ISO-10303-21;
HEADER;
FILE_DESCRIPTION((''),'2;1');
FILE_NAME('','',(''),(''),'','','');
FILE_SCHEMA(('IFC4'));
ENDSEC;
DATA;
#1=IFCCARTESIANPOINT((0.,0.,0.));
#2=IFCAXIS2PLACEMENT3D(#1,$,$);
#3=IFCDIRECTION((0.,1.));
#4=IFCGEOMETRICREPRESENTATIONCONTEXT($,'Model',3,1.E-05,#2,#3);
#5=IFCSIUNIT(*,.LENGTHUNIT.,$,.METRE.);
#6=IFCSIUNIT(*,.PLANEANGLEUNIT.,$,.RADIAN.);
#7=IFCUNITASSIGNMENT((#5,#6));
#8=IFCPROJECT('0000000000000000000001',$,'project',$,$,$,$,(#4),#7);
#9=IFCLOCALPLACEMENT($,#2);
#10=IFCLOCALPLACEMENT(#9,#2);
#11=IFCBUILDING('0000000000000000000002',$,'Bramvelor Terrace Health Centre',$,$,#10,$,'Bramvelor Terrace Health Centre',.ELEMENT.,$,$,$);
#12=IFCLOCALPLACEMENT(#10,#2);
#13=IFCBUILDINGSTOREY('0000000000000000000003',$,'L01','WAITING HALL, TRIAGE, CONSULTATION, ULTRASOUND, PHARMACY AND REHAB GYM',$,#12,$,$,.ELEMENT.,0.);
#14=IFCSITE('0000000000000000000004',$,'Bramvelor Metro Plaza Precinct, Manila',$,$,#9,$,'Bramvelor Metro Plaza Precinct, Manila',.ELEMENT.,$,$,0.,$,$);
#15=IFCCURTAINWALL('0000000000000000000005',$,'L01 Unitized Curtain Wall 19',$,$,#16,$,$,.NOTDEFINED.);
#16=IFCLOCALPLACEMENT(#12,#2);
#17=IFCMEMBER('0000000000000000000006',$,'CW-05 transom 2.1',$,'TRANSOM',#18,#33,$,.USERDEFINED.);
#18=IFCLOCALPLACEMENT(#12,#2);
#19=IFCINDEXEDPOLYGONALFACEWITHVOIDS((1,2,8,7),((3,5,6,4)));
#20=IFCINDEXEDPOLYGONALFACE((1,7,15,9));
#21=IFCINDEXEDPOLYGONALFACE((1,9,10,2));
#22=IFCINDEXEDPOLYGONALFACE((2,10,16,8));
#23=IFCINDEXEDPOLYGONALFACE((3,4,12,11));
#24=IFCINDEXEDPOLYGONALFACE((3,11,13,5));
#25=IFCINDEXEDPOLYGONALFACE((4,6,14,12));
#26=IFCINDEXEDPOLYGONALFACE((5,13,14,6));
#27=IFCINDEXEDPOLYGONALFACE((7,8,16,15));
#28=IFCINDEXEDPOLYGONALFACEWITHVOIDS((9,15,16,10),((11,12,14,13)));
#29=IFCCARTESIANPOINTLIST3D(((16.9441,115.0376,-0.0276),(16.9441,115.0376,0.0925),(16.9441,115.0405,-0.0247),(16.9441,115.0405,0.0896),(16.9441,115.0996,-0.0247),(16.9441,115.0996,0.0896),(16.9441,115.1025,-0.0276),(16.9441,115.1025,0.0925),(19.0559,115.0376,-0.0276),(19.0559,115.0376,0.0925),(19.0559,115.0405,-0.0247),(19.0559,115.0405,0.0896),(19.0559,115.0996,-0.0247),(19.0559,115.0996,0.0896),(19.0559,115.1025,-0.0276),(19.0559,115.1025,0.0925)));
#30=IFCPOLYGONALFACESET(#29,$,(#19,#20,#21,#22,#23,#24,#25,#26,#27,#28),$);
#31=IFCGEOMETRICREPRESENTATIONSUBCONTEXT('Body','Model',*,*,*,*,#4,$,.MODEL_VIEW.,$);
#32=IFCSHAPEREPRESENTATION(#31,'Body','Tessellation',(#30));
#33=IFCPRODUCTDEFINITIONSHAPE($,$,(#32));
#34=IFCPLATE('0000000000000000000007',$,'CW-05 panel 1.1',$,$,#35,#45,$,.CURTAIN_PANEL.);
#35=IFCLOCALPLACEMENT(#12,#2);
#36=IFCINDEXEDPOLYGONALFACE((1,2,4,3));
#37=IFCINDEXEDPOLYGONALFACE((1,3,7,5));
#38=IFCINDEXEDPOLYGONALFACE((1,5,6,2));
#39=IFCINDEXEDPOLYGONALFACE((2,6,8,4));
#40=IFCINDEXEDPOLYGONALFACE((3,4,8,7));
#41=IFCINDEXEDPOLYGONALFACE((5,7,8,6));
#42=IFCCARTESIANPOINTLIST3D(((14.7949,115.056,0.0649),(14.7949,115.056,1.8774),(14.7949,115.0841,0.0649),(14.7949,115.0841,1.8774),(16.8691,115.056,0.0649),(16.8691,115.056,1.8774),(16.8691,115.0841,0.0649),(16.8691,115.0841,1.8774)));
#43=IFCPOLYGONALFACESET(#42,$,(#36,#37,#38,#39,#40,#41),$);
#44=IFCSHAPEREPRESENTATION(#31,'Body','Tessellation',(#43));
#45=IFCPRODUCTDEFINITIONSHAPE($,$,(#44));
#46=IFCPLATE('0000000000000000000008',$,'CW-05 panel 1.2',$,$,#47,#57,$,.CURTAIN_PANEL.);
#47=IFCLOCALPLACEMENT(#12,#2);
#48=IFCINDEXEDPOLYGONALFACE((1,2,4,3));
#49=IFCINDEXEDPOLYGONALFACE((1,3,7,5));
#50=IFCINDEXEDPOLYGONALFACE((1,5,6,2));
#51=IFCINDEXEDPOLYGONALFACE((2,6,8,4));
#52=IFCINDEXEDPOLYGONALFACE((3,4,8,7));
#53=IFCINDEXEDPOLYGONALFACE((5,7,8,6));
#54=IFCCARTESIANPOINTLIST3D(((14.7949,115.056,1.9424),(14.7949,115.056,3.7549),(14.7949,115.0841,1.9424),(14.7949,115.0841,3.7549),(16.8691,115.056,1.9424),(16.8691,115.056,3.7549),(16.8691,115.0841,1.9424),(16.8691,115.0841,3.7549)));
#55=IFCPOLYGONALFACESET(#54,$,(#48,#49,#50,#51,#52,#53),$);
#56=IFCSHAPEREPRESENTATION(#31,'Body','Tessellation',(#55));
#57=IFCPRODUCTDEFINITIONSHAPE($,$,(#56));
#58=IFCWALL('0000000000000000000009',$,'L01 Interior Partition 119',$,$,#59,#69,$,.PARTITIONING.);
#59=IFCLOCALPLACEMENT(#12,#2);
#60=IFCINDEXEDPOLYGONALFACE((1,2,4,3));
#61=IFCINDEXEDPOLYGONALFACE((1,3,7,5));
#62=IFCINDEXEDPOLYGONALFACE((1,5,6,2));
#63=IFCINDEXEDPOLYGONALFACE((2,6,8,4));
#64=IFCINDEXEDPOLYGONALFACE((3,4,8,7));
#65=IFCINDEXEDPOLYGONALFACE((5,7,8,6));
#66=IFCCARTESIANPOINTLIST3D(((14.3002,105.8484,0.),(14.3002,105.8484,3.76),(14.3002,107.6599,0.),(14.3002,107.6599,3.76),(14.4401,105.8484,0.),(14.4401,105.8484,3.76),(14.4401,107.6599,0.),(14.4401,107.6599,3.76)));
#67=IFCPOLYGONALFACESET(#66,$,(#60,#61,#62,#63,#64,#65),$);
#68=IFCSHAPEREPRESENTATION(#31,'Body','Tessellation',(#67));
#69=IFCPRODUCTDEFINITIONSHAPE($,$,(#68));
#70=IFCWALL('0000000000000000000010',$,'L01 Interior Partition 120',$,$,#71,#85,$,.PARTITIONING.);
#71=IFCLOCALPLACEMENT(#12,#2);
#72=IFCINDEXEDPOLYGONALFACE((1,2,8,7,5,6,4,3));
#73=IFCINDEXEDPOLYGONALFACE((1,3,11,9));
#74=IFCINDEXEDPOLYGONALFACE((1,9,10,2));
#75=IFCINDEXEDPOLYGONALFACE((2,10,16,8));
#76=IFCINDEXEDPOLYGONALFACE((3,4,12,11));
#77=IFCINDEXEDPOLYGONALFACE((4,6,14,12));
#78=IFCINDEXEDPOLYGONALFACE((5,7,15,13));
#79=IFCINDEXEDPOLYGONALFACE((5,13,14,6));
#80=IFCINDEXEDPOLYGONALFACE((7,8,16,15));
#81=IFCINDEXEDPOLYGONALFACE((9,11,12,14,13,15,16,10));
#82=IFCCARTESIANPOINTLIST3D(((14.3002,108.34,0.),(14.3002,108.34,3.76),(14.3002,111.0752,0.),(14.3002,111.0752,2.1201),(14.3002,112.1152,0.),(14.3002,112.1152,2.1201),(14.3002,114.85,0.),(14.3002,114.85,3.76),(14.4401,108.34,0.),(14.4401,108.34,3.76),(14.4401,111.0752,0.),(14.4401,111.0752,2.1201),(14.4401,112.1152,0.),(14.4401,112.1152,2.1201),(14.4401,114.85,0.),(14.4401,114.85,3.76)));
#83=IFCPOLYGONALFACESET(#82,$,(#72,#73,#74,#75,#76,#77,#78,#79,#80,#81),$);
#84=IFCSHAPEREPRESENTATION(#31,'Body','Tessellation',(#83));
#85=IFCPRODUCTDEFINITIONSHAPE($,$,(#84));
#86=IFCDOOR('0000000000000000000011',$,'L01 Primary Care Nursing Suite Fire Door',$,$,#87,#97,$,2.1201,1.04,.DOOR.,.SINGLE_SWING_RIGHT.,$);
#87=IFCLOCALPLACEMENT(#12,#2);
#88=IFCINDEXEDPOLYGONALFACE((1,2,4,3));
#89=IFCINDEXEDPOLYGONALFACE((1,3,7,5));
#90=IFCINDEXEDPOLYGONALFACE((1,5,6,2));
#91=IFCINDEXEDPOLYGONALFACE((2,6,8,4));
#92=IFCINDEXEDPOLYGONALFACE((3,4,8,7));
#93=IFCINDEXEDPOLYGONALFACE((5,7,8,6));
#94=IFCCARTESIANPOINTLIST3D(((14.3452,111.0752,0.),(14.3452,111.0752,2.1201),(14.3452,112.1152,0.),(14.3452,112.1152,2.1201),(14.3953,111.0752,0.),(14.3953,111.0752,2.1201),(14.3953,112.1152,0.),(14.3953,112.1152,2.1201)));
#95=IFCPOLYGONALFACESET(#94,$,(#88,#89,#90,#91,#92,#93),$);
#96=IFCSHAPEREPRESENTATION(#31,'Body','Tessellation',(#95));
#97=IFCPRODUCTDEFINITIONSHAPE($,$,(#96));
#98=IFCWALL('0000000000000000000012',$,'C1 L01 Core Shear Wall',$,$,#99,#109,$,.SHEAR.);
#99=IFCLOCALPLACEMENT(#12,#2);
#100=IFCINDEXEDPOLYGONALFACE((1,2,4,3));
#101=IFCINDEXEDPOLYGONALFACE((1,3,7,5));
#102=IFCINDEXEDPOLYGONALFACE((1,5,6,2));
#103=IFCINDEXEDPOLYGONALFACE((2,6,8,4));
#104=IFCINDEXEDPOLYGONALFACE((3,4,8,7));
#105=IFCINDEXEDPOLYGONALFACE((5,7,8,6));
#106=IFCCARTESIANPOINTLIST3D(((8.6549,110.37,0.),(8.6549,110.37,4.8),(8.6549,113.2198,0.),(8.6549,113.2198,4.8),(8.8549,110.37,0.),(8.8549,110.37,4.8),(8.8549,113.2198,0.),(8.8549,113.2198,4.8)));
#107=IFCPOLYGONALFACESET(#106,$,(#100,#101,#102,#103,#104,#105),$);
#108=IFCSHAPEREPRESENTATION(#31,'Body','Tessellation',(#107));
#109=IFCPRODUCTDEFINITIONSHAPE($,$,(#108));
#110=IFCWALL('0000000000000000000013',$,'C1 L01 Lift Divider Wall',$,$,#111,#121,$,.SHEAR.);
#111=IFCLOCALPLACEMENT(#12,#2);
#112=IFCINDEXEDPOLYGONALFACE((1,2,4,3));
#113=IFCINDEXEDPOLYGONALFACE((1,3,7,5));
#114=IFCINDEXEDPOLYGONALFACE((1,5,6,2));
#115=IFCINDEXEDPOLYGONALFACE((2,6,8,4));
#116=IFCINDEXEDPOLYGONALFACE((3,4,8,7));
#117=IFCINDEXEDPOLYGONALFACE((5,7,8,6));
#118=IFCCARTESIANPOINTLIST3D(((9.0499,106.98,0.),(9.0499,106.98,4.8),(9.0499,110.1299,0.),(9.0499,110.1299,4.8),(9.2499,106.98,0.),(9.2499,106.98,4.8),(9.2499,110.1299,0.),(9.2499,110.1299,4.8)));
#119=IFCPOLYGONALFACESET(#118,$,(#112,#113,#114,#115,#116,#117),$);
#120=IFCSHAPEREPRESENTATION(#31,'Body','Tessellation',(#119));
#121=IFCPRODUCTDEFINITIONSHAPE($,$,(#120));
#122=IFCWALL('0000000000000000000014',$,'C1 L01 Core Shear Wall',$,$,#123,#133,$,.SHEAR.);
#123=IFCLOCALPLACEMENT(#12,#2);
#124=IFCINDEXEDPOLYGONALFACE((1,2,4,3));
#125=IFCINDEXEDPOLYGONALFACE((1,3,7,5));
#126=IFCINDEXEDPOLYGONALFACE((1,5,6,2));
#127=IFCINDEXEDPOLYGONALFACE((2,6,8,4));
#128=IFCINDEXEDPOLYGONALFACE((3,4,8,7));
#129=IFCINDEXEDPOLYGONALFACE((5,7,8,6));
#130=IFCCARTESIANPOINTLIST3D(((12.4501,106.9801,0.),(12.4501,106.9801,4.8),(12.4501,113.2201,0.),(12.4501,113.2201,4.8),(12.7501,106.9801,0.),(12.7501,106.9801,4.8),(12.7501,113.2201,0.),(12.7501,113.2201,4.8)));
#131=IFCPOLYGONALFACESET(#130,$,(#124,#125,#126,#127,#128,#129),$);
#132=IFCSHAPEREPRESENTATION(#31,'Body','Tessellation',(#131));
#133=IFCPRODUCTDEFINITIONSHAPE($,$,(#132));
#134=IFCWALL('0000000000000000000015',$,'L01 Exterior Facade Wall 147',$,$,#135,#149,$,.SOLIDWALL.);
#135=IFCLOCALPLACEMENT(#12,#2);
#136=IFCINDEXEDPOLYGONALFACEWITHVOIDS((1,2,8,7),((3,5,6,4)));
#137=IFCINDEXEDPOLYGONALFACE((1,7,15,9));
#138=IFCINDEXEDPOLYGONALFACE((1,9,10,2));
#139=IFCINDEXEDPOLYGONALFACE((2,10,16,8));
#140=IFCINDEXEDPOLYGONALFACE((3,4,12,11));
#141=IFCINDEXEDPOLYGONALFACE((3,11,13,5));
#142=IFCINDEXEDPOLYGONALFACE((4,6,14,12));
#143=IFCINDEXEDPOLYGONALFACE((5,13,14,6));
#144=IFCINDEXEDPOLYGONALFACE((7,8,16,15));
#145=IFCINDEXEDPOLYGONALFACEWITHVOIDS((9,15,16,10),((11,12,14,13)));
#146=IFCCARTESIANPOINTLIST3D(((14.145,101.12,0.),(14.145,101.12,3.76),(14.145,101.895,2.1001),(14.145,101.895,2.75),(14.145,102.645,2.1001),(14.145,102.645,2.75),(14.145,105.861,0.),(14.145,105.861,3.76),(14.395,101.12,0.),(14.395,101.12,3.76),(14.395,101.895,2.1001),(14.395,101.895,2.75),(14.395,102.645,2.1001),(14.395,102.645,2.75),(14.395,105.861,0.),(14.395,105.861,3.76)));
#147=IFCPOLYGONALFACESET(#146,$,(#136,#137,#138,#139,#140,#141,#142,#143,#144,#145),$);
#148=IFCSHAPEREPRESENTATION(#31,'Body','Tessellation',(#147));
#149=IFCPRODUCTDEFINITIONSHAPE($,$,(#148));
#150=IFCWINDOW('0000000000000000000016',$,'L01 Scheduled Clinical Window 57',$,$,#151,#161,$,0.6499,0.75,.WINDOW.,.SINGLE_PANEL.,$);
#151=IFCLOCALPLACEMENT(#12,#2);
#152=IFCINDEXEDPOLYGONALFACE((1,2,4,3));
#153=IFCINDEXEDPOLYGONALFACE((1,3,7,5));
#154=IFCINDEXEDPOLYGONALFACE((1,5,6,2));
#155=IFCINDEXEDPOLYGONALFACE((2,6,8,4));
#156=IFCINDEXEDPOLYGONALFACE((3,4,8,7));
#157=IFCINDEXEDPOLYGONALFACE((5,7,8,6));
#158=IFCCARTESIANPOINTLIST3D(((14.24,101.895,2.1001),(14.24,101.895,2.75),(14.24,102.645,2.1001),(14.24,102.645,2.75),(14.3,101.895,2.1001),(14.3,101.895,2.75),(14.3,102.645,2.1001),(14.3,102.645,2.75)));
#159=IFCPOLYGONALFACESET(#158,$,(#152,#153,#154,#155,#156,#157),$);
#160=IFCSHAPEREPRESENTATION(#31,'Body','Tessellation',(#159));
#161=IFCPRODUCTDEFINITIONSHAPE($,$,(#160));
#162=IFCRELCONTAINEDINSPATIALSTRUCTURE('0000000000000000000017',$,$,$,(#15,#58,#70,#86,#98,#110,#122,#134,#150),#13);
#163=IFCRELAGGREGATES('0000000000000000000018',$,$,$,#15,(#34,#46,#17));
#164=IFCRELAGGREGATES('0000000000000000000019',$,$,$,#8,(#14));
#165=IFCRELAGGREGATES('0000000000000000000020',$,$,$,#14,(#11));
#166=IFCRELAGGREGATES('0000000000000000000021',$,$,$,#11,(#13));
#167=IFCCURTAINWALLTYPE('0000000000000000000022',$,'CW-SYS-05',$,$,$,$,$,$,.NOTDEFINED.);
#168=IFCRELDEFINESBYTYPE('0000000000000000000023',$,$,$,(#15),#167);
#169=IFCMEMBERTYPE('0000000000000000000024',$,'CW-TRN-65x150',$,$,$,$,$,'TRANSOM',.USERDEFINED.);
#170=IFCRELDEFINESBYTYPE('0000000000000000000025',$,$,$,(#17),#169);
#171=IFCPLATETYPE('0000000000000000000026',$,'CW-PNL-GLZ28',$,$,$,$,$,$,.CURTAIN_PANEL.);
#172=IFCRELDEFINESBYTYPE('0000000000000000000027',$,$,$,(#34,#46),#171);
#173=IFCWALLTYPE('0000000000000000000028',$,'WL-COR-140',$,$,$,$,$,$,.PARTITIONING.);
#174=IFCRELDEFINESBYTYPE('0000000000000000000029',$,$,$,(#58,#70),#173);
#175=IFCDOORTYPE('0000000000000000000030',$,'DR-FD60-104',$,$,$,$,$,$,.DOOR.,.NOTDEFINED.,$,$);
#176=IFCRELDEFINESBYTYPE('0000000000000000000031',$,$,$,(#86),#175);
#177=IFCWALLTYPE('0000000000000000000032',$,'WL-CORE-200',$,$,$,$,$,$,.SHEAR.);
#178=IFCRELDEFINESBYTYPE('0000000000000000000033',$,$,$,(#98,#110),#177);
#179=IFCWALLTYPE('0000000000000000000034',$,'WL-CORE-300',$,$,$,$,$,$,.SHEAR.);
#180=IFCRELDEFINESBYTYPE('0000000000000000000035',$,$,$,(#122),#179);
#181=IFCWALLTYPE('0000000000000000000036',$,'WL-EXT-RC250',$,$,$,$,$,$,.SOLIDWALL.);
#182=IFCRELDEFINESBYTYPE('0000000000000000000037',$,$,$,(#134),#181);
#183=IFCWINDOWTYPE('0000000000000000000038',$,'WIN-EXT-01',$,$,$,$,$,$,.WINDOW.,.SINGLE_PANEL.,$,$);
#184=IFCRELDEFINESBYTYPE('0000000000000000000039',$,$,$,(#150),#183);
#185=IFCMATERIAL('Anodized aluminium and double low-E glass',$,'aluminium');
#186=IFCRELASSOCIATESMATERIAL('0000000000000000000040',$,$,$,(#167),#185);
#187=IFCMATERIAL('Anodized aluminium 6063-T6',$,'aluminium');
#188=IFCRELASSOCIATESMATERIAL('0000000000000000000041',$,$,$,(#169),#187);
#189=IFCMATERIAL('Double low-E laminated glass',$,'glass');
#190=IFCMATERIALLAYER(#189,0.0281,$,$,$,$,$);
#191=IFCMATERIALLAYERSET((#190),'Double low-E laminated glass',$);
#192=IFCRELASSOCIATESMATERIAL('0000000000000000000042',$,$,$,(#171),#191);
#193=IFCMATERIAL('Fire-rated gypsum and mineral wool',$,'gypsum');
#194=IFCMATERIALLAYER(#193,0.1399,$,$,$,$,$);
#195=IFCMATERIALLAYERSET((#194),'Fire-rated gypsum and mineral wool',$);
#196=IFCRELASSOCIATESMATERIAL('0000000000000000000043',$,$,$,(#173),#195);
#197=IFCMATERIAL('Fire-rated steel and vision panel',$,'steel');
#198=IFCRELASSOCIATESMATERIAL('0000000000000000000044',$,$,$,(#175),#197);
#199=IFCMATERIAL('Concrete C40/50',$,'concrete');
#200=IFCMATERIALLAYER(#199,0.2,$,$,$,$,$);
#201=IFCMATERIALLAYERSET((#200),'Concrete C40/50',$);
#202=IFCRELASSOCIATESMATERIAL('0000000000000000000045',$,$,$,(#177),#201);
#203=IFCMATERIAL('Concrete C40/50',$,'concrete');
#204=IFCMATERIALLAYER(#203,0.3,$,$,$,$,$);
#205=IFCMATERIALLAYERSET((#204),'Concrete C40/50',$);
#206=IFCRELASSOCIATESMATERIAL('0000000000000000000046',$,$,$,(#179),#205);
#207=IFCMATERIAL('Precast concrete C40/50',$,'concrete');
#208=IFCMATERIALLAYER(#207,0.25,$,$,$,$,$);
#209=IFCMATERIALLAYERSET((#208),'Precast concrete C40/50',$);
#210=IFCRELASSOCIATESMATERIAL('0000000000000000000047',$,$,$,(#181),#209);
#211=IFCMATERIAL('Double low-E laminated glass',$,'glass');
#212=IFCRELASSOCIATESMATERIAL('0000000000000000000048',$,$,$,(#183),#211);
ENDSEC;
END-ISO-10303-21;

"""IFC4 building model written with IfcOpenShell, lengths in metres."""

from ifc_helpers import new_model, si_unit, direction, frame, frame_2d, origin, origin_2d, place, context, subcontext, project, spatial, rectangle, hollow_rectangle, extrude, material, layer, layer_set, material_profile, profile_set, type_object, element, fill, aggregate, save


model = new_model("IFC4")

# Units and contexts
model_context = context("Model", 3, precision=1e-05, world=origin(), true_north=direction((0.0, 1.0)))
body_context = subcontext(model_context, "Body", "Model", "MODEL_VIEW")
ifc_project = project(units=[si_unit("LENGTHUNIT", "METRE"), si_unit("PLANEANGLEUNIT", "RADIAN")], contexts=[model_context])

# Site, building, storey
site_placement = place(None, origin())
site = spatial("IfcSite", under=ifc_project, at=site_placement, Name="Bramvelor Metro Plaza Precinct, Manila", LongName="Bramvelor Metro Plaza Precinct, Manila", CompositionType="ELEMENT", RefElevation=0.0)
building_placement = place(site_placement, origin())
building = spatial("IfcBuilding", under=site, at=building_placement, Name="Bramvelor Terrace Health Centre", LongName="Bramvelor Terrace Health Centre", CompositionType="ELEMENT")
storey_placement = place(building_placement, origin())
storey = spatial("IfcBuildingStorey", under=building, at=storey_placement, Name="L01", Description="WAITING HALL, TRIAGE, CONSULTATION, ULTRASOUND, PHARMACY AND REHAB GYM", CompositionType="ELEMENT", Elevation=0.0)

# Curtain wall, member, plates
ifc_material_1 = material(Name="Anodized aluminium and double low-E glass", Category="aluminium")
curtain_wall_type = type_object("IfcCurtainWallType", Name="CW-SYS-05", PredefinedType="NOTDEFINED", material=ifc_material_1)
curtain_wall_placement = place(storey_placement, origin())
curtain_wall = element("IfcCurtainWall", 1, at=curtain_wall_placement, inside=storey, type_object=curtain_wall_type, Name="L01 Unitized Curtain Wall 19", PredefinedType="NOTDEFINED")
ifc_material_2 = material(Name="Anodized aluminium 6063-T6", Category="aluminium")
ifc_material_profile_1 = material_profile(ifc_material_2, hollow_rectangle(XDim=0.0649, YDim=0.1201, WallThickness=0.0029, at=origin_2d()), Name="ALU-TRN 65x120x3.0")
ifc_profile_set_1 = profile_set([ifc_material_profile_1], Name="Anodized aluminium 6063-T6")
member_type_1 = type_object("IfcMemberType", Name="CW-TRN-65x150", ElementType="TRANSOM", PredefinedType="USERDEFINED", material=ifc_profile_set_1)
member_1_placement = place(storey_placement, frame((16.9441, 115.0701, 0.0325), z_axis=(1.0, 0.0, 0.0), x_axis=(0.0, 1.0, 0.0)))
member_1 = element("IfcMember", 2, at=member_1_placement, type_object=member_type_1, Name="CW-05 transom 2.1", ObjectType="TRANSOM", PredefinedType="USERDEFINED", context=body_context, shape_type="SweptSolid", body=[
    extrude(hollow_rectangle(XDim=0.0649, YDim=0.1201, WallThickness=0.0029, at=origin_2d()), origin(), (0.0, 0.0, 1.0), 2.1118),
])
ifc_material_3 = material(Name="Double low-E laminated glass", Category="glass")
ifc_layer_1 = layer(ifc_material_3, 0.0281)
ifc_layer_set_1 = layer_set([ifc_layer_1], Name="Double low-E laminated glass")
plate_type = type_object("IfcPlateType", Name="CW-PNL-GLZ28", PredefinedType="CURTAIN_PANEL", material=ifc_layer_set_1)
plate_1_placement = place(storey_placement, frame((15.832, 115.0701, 0.0649), z_axis=(0.0, 0.0, 1.0), x_axis=(1.0, 0.0, 0.0)))
plate_1 = element("IfcPlate", 3, at=plate_1_placement, type_object=plate_type, Name="CW-05 panel 1.1", PredefinedType="CURTAIN_PANEL", context=body_context, shape_type="SweptSolid", body=[
    extrude(rectangle(XDim=2.0742, YDim=0.0281, at=origin_2d()), origin(), (0.0, 0.0, 1.0), 1.8125),
])
plate_2_placement = place(storey_placement, frame((15.832, 115.0701, 1.9424), z_axis=(0.0, 0.0, 1.0), x_axis=(1.0, 0.0, 0.0)))
plate_2 = element("IfcPlate", 4, at=plate_2_placement, type_object=plate_type, Name="CW-05 panel 1.2", PredefinedType="CURTAIN_PANEL", context=body_context, shape_type="SweptSolid", body=[
    extrude(rectangle(XDim=2.0742, YDim=0.0281, at=origin_2d()), origin(), (0.0, 0.0, 1.0), 1.8125),
])
aggregate(curtain_wall, [plate_1, plate_2, member_1])

# Wall
ifc_material_4 = material(Name="Fire-rated gypsum and mineral wool", Category="gypsum")
ifc_layer_2 = layer(ifc_material_4, 0.1399)
ifc_layer_set_2 = layer_set([ifc_layer_2], Name="Fire-rated gypsum and mineral wool")
wall_type_1 = type_object("IfcWallType", Name="WL-COR-140", PredefinedType="PARTITIONING", material=ifc_layer_set_2)
wall_1_placement = place(storey_placement, frame((14.3701, 105.8484, 0.0), z_axis=(0.0, 0.0, 1.0), x_axis=(0.0, 1.0, 0.0)))
element("IfcWall", 5, at=wall_1_placement, inside=storey, type_object=wall_type_1, Name="L01 Interior Partition 119", PredefinedType="PARTITIONING", context=body_context, shape_type="SweptSolid", body=[
    extrude(rectangle(XDim=1.8115, YDim=0.1399, at=frame_2d((0.9058, 0.0))), origin(), (0.0, 0.0, 1.0), 3.76),
])

# Wall, opening, door
wall_2_placement = place(storey_placement, frame((14.3701, 108.3401, 0.0), z_axis=(0.0, 0.0, 1.0), x_axis=(0.0, 1.0, 0.0)))
wall_2 = element("IfcWall", 6, at=wall_2_placement, inside=storey, type_object=wall_type_1, Name="L01 Interior Partition 120", PredefinedType="PARTITIONING", context=body_context, shape_type="SweptSolid", body=[
    extrude(rectangle(XDim=6.51, YDim=0.1399, at=frame_2d((3.2549, 0.0))), origin(), (0.0, 0.0, 1.0), 3.76),
])
opening_1_placement = place(wall_2_placement, frame((2.7351, 0.0, 0.0)))
opening_1 = element("IfcOpeningElement", 7, at=opening_1_placement, cuts=wall_2, PredefinedType="OPENING", context=body_context, shape_type="SweptSolid", body=[
    extrude(rectangle(XDim=1.04, YDim=2.1201, at=frame_2d((0.52, 1.0601))), frame((0.0, 0.0798, 0.0), z_axis=(0.0, -1.0, 0.0), x_axis=(1.0, 0.0, 0.0)), (0.0, 0.0, 1.0), 0.1599),
])
ifc_material_5 = material(Name="Fire-rated steel and vision panel", Category="steel")
door_type_1 = type_object("IfcDoorType", Name="DR-FD60-104", OperationType="NOTDEFINED", PredefinedType="DOOR", material=ifc_material_5)
door_1_placement = place(opening_1_placement, origin())
door_1 = element("IfcDoor", 8, at=door_1_placement, inside=storey, type_object=door_type_1, Name="L01 Primary Care Nursing Suite Fire Door", OperationType="SINGLE_SWING_RIGHT", OverallHeight=2.1201, OverallWidth=1.04, PredefinedType="DOOR", context=body_context, shape_type="SweptSolid", body=[
    extrude(rectangle(XDim=1.04, YDim=2.1201, at=frame_2d((0.52, 1.0601))), frame((0.0, 0.0249, 0.0), z_axis=(0.0, -1.0, 0.0), x_axis=(1.0, 0.0, 0.0)), (0.0, 0.0, 1.0), 0.05),
])
fill(opening_1, door_1)

# Walls
ifc_material_6 = material(Name="Concrete C40/50", Category="concrete")
ifc_layer_3 = layer(ifc_material_6, 0.2)
ifc_layer_set_3 = layer_set([ifc_layer_3], Name="Concrete C40/50")
wall_type_2 = type_object("IfcWallType", Name="WL-CORE-200", PredefinedType="SHEAR", material=ifc_layer_set_3)
wall_3_placement = place(storey_placement, frame((8.7549, 110.3701, 0.0), z_axis=(0.0, 0.0, 1.0), x_axis=(0.0, 1.0, 0.0)))
element("IfcWall", 9, at=wall_3_placement, inside=storey, type_object=wall_type_2, Name="C1 L01 Core Shear Wall", PredefinedType="SHEAR", context=body_context, shape_type="SweptSolid", body=[
    extrude(rectangle(XDim=2.8499, YDim=0.2, at=frame_2d((1.4248, 0.0))), origin(), (0.0, 0.0, 1.0), 4.8),
])
wall_4_placement = place(storey_placement, frame((9.1499, 106.98, 0.0), z_axis=(0.0, 0.0, 1.0), x_axis=(0.0, 1.0, 0.0)))
element("IfcWall", 10, at=wall_4_placement, inside=storey, type_object=wall_type_2, Name="C1 L01 Lift Divider Wall", PredefinedType="SHEAR", context=body_context, shape_type="SweptSolid", body=[
    extrude(rectangle(XDim=3.1499, YDim=0.2, at=frame_2d((1.575, 0.0))), origin(), (0.0, 0.0, 1.0), 4.8),
])
ifc_material_7 = material(Name="Concrete C40/50", Category="concrete")
ifc_layer_4 = layer(ifc_material_7, 0.3)
ifc_layer_set_4 = layer_set([ifc_layer_4], Name="Concrete C40/50")
wall_type_3 = type_object("IfcWallType", Name="WL-CORE-300", PredefinedType="SHEAR", material=ifc_layer_set_4)
wall_5_placement = place(storey_placement, frame((12.6001, 106.98, 0.0), z_axis=(0.0, 0.0, 1.0), x_axis=(0.0, 1.0, 0.0)))
element("IfcWall", 11, at=wall_5_placement, inside=storey, type_object=wall_type_3, Name="C1 L01 Core Shear Wall", PredefinedType="SHEAR", context=body_context, shape_type="SweptSolid", body=[
    extrude(rectangle(XDim=6.24, YDim=0.3, at=frame_2d((3.1201, 0.0))), origin(), (0.0, 0.0, 1.0), 4.8),
])

# Wall, opening, window
ifc_material_8 = material(Name="Precast concrete C40/50", Category="concrete")
ifc_layer_5 = layer(ifc_material_8, 0.25)
ifc_layer_set_5 = layer_set([ifc_layer_5], Name="Precast concrete C40/50")
wall_type_4 = type_object("IfcWallType", Name="WL-EXT-RC250", PredefinedType="SOLIDWALL", material=ifc_layer_set_5)
wall_6_placement = place(storey_placement, frame((14.27, 105.8611, 0.0), z_axis=(0.0, 0.0, 1.0), x_axis=(0.0, -1.0, 0.0)))
wall_6 = element("IfcWall", 12, at=wall_6_placement, inside=storey, type_object=wall_type_4, Name="L01 Exterior Facade Wall 147", PredefinedType="SOLIDWALL", context=body_context, shape_type="SweptSolid", body=[
    extrude(rectangle(XDim=4.741, YDim=0.25, at=frame_2d((2.3706, 0.0))), origin(), (0.0, 0.0, 1.0), 3.76),
])
opening_2_placement = place(wall_6_placement, frame((3.2161, 0.0, 2.1001)))
opening_2 = element("IfcOpeningElement", 13, at=opening_2_placement, cuts=wall_6, PredefinedType="OPENING", context=body_context, shape_type="SweptSolid", body=[
    extrude(rectangle(XDim=0.75, YDim=0.6499, at=frame_2d((0.375, 0.325))), frame((0.0, 0.135, 0.0), z_axis=(0.0, -1.0, 0.0), x_axis=(1.0, 0.0, 0.0)), (0.0, 0.0, 1.0), 0.27),
])
ifc_material_9 = material(Name="Double low-E laminated glass", Category="glass")
window_type = type_object("IfcWindowType", Name="WIN-EXT-01", PartitioningType="SINGLE_PANEL", PredefinedType="WINDOW", material=ifc_material_9)
window_placement = place(opening_2_placement, origin())
window = element("IfcWindow", 14, at=window_placement, inside=storey, type_object=window_type, Name="L01 Scheduled Clinical Window 57", OverallHeight=0.6499, OverallWidth=0.75, PartitioningType="SINGLE_PANEL", PredefinedType="WINDOW", context=body_context, shape_type="SweptSolid", body=[
    extrude(rectangle(XDim=0.75, YDim=0.6499, at=frame_2d((0.375, 0.325))), frame((0.0, 0.03, 0.0), z_axis=(0.0, -1.0, 0.0), x_axis=(1.0, 0.0, 0.0)), (0.0, 0.0, 1.0), 0.0601),
])
fill(opening_2, window)

save(model, "model.ifc")
